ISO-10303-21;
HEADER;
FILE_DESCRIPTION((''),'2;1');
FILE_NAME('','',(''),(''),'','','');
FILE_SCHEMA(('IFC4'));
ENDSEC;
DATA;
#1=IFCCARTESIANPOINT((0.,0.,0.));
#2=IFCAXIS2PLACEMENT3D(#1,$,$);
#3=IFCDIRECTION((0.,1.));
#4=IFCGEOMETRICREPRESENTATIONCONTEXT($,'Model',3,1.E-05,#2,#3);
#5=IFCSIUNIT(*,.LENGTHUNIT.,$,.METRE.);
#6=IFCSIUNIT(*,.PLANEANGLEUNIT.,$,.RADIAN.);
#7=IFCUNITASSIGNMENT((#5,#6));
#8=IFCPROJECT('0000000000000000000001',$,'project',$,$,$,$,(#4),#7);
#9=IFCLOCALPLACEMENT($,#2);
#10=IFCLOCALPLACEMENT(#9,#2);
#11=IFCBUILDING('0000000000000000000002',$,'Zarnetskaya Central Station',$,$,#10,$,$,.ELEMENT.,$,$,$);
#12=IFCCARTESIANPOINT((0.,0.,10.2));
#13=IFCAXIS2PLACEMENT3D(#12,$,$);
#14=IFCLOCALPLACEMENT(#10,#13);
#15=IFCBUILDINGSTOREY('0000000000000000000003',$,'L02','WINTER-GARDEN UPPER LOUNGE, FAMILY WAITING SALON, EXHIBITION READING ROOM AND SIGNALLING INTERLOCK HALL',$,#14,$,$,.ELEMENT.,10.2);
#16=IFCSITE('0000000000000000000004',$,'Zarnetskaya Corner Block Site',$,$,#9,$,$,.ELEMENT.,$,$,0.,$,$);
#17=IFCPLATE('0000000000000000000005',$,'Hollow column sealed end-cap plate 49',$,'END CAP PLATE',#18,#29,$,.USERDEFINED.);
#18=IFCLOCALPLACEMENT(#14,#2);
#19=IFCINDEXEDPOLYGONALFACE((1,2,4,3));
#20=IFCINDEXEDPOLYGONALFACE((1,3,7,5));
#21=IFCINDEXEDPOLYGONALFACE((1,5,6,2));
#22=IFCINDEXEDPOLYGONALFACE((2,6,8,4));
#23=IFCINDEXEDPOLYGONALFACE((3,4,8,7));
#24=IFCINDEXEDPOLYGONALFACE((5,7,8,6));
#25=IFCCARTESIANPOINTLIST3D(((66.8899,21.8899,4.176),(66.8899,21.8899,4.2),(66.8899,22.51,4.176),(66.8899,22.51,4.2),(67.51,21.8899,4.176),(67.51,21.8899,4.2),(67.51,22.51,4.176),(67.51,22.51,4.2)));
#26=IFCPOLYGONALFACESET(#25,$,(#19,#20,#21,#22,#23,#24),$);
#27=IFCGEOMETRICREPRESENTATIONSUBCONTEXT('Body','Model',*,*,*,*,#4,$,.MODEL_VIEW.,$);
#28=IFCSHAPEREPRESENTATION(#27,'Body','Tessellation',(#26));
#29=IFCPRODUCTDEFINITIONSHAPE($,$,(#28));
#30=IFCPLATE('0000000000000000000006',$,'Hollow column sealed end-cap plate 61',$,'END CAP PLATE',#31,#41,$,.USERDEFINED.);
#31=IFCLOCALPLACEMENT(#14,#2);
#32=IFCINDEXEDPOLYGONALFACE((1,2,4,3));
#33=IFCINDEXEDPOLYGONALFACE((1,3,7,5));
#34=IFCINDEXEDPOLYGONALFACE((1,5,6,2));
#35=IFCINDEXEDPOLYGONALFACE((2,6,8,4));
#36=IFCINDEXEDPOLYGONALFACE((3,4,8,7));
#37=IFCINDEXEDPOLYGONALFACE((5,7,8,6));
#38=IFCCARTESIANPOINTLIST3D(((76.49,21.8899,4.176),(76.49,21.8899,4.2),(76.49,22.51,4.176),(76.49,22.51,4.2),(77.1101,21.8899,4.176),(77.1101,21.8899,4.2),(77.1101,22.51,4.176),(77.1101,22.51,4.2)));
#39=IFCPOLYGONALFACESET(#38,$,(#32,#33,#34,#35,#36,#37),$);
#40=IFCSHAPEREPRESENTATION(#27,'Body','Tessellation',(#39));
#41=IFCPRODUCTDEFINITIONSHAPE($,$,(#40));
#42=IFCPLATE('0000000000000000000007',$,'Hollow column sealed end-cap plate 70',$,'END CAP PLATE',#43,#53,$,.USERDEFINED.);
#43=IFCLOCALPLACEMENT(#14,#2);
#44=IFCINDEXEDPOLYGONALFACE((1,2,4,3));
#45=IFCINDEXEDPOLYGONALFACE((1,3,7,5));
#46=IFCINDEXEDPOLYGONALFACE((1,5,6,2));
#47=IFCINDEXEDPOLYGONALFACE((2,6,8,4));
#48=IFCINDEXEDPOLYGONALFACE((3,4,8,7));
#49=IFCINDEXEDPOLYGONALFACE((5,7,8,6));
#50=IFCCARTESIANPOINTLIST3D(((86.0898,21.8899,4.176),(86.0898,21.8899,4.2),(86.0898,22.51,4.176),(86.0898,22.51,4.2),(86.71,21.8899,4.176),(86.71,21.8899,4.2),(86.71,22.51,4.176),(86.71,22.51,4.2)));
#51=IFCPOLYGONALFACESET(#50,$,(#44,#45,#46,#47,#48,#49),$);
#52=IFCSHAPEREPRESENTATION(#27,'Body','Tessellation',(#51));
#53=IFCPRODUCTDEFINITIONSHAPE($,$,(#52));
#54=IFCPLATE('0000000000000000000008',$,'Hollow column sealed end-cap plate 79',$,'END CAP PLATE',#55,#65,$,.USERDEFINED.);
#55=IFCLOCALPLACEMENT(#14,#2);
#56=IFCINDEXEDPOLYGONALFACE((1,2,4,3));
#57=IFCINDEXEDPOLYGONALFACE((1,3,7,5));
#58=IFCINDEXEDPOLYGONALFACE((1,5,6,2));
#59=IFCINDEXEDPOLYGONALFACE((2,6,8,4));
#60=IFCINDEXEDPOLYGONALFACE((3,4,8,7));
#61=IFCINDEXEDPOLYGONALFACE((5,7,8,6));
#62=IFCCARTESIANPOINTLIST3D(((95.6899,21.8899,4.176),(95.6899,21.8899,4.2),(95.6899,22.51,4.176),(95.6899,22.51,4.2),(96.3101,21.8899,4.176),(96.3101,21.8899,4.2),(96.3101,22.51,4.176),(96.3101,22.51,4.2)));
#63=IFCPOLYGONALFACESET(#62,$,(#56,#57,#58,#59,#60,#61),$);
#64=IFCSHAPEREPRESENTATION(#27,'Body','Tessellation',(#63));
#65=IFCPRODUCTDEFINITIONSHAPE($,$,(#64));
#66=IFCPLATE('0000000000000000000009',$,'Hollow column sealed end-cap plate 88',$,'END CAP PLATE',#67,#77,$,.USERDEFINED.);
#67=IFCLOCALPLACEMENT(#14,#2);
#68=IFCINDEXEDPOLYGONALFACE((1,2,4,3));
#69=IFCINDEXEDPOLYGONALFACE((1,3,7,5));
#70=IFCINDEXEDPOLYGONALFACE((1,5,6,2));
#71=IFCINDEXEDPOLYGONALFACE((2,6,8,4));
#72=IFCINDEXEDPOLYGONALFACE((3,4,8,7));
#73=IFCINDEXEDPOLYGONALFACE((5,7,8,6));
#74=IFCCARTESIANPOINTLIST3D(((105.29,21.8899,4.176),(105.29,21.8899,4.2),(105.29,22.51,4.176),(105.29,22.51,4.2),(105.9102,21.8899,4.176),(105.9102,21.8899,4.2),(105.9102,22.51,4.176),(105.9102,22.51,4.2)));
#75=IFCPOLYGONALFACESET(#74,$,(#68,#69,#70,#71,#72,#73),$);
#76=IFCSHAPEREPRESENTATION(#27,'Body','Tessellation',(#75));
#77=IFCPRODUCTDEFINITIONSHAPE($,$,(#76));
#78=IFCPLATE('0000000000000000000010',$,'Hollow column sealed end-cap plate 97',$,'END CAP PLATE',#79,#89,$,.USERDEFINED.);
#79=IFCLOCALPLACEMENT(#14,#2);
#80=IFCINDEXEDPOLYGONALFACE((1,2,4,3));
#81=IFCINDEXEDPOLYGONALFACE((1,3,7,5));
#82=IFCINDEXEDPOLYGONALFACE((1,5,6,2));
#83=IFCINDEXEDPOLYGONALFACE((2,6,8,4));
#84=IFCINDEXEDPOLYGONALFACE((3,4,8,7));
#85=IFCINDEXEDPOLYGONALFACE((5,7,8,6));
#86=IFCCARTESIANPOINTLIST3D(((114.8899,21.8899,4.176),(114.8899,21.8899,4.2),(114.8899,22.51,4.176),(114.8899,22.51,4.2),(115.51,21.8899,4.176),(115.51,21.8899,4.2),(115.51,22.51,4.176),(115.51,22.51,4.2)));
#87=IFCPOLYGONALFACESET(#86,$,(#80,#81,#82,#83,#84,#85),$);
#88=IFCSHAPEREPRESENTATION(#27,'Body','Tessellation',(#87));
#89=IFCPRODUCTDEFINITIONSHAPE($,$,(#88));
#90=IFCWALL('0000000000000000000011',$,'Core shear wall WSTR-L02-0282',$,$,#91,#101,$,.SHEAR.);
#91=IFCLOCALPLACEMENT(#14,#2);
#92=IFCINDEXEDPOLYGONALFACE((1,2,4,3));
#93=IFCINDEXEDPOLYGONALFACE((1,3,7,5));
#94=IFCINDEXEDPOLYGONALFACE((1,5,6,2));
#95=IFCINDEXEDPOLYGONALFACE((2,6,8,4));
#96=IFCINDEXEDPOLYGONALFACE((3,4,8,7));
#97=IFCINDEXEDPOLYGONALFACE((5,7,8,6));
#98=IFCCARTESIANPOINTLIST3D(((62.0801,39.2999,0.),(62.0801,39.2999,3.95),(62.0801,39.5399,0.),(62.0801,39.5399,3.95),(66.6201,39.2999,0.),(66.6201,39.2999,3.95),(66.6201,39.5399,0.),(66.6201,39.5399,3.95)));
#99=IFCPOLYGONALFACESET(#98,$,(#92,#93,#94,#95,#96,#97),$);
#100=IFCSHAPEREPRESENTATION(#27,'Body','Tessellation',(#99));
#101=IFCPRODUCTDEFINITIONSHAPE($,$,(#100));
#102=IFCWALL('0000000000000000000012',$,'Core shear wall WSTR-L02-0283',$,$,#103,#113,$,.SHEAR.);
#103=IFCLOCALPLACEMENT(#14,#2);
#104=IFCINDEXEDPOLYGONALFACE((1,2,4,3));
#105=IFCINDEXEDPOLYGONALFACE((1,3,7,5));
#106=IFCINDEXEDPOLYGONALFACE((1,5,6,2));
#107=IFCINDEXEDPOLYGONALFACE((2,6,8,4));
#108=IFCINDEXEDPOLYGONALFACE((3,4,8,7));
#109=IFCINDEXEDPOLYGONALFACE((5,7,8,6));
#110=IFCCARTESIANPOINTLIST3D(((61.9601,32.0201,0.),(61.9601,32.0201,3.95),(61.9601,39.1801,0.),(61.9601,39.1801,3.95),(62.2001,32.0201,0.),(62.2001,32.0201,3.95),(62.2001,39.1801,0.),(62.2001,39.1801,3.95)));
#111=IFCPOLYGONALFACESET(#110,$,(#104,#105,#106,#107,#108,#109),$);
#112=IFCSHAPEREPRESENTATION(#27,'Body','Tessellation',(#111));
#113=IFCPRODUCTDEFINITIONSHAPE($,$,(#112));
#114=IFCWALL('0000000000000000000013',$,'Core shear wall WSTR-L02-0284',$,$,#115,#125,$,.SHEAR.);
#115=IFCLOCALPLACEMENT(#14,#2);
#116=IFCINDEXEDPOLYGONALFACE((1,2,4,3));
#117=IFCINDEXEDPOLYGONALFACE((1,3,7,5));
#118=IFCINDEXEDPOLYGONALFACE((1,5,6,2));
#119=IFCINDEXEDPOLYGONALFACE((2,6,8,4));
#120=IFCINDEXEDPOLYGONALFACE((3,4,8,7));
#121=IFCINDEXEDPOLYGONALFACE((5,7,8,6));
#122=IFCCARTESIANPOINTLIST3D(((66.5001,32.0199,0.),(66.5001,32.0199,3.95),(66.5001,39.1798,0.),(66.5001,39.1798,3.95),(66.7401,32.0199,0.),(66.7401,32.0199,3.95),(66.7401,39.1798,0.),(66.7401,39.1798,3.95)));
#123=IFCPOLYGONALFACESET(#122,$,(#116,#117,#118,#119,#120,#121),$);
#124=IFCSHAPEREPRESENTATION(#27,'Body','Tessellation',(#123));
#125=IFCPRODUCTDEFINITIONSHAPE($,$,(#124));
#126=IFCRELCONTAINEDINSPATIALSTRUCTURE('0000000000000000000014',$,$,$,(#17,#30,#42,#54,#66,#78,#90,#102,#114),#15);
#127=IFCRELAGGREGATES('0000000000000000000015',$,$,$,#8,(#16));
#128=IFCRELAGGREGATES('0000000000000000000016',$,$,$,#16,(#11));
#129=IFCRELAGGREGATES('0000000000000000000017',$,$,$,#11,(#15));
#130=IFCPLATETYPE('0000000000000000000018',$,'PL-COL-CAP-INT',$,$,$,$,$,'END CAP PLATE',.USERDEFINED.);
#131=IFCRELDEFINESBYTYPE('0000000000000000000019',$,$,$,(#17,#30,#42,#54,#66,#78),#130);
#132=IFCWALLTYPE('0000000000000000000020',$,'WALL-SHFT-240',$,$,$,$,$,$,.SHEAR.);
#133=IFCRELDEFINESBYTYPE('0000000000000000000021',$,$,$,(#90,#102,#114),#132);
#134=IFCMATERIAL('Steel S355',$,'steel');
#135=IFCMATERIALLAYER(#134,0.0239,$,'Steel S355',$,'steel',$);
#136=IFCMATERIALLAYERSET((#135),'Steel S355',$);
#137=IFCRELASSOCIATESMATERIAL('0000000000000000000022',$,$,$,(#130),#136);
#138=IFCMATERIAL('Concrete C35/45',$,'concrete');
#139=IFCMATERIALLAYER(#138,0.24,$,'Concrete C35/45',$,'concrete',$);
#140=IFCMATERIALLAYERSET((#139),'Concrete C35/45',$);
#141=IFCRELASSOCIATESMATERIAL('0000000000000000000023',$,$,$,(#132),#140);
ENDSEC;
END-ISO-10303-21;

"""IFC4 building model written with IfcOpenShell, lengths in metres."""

from ifc_helpers import new_model, si_unit, direction, frame, frame_2d, origin, origin_2d, place, context, subcontext, project, spatial, rectangle, extrude, material, layer, layer_set, type_object, element, save


model = new_model("IFC4")

# Units and contexts
model_context = context("Model", 3, precision=1e-05, world=origin(), true_north=direction((0.0, 1.0)))
body_context = subcontext(model_context, "Body", "Model", "MODEL_VIEW")
ifc_project = project(units=[si_unit("LENGTHUNIT", "METRE"), si_unit("PLANEANGLEUNIT", "RADIAN")], contexts=[model_context])

# Site, building, storey
site_placement = place(None, origin())
site = spatial("IfcSite", under=ifc_project, at=site_placement, Name="Zarnetskaya Corner Block Site", CompositionType="ELEMENT", RefElevation=0.0)
building_placement = place(site_placement, origin())
building = spatial("IfcBuilding", under=site, at=building_placement, Name="Zarnetskaya Central Station", CompositionType="ELEMENT")
storey_placement = place(building_placement, frame((0.0, 0.0, 10.2)))
storey = spatial("IfcBuildingStorey", under=building, at=storey_placement, Name="L02", Description="WINTER-GARDEN UPPER LOUNGE, FAMILY WAITING SALON, EXHIBITION READING ROOM AND SIGNALLING INTERLOCK HALL", CompositionType="ELEMENT", Elevation=10.2)

# Shared definitions
ifc_material_1 = material(Name="Steel S355", Category="steel")

# Plates
ifc_layer_1 = layer(ifc_material_1, 0.0239, Name="Steel S355", Category="steel")
ifc_layer_set_1 = layer_set([ifc_layer_1], Name="Steel S355")
plate_type = type_object("IfcPlateType", Name="PL-COL-CAP-INT", ElementType="END CAP PLATE", PredefinedType="USERDEFINED", material=ifc_layer_set_1)
for number, where, z_axis, x_axis, name in (
    (1, (67.2, 22.2, 4.176), (0.0, 0.0, 1.0), (1.0, 0.0, 0.0), "Hollow column sealed end-cap plate 49"),
    (2, (76.8, 22.2, 4.176), (0.0, 0.0, 1.0), (1.0, 0.0, 0.0), "Hollow column sealed end-cap plate 61"),
    (3, (86.3999, 22.2, 4.176), (0.0, 0.0, 1.0), (1.0, 0.0, 0.0), "Hollow column sealed end-cap plate 70"),
    (4, (96.0, 22.2, 4.176), (0.0, 0.0, 1.0), (1.0, 0.0, 0.0), "Hollow column sealed end-cap plate 79"),
    (5, (105.6001, 22.2, 4.176), (0.0, 0.0, 1.0), (1.0, 0.0, 0.0), "Hollow column sealed end-cap plate 88"),
    (6, (115.2, 22.2, 4.176), (0.0, 0.0, 1.0), (1.0, 0.0, 0.0), "Hollow column sealed end-cap plate 97"),
):
    element("IfcPlate", number, at=place(storey_placement, frame(where, z_axis=z_axis, x_axis=x_axis)), inside=storey, type_object=plate_type, Name=name, ObjectType="END CAP PLATE", PredefinedType="USERDEFINED", context=body_context, shape_type="SweptSolid", body=[
        extrude(rectangle(XDim=0.6201, YDim=0.6201, at=origin_2d()), origin(), (0.0, 0.0, 1.0), 0.0239),
    ])

# Shared definitions
ifc_material_2 = material(Name="Concrete C35/45", Category="concrete")
ifc_layer_2 = layer(ifc_material_2, 0.24, Name="Concrete C35/45", Category="concrete")
ifc_layer_set_2 = layer_set([ifc_layer_2], Name="Concrete C35/45")
wall_type = type_object("IfcWallType", Name="WALL-SHFT-240", PredefinedType="SHEAR", material=ifc_layer_set_2)

# Walls
wall_1_placement = place(storey_placement, frame((62.0801, 39.4199, 0.0), z_axis=(0.0, 0.0, 1.0), x_axis=(1.0, 0.0, 0.0)))
element("IfcWall", 7, at=wall_1_placement, inside=storey, type_object=wall_type, Name="Core shear wall WSTR-L02-0282", PredefinedType="SHEAR", context=body_context, shape_type="SweptSolid", body=[
    extrude(rectangle(XDim=4.54, YDim=0.24, at=frame_2d((2.27, 0.0))), origin(), (0.0, 0.0, 1.0), 3.95),
])
for number, where, z_axis, x_axis, name in (
    (8, (62.0801, 32.02, 0.0), (0.0, 0.0, 1.0), (0.0, 1.0, 0.0), "Core shear wall WSTR-L02-0283"),
    (9, (66.6201, 39.1799, 0.0), (0.0, 0.0, 1.0), (0.0, -1.0, 0.0), "Core shear wall WSTR-L02-0284"),
):
    element("IfcWall", number, at=place(storey_placement, frame(where, z_axis=z_axis, x_axis=x_axis)), inside=storey, type_object=wall_type, Name=name, PredefinedType="SHEAR", context=body_context, shape_type="SweptSolid", body=[
        extrude(rectangle(XDim=7.1599, YDim=0.24, at=frame_2d((3.5801, 0.0))), origin(), (0.0, 0.0, 1.0), 3.95),
    ])

save(model, "model.ifc")
